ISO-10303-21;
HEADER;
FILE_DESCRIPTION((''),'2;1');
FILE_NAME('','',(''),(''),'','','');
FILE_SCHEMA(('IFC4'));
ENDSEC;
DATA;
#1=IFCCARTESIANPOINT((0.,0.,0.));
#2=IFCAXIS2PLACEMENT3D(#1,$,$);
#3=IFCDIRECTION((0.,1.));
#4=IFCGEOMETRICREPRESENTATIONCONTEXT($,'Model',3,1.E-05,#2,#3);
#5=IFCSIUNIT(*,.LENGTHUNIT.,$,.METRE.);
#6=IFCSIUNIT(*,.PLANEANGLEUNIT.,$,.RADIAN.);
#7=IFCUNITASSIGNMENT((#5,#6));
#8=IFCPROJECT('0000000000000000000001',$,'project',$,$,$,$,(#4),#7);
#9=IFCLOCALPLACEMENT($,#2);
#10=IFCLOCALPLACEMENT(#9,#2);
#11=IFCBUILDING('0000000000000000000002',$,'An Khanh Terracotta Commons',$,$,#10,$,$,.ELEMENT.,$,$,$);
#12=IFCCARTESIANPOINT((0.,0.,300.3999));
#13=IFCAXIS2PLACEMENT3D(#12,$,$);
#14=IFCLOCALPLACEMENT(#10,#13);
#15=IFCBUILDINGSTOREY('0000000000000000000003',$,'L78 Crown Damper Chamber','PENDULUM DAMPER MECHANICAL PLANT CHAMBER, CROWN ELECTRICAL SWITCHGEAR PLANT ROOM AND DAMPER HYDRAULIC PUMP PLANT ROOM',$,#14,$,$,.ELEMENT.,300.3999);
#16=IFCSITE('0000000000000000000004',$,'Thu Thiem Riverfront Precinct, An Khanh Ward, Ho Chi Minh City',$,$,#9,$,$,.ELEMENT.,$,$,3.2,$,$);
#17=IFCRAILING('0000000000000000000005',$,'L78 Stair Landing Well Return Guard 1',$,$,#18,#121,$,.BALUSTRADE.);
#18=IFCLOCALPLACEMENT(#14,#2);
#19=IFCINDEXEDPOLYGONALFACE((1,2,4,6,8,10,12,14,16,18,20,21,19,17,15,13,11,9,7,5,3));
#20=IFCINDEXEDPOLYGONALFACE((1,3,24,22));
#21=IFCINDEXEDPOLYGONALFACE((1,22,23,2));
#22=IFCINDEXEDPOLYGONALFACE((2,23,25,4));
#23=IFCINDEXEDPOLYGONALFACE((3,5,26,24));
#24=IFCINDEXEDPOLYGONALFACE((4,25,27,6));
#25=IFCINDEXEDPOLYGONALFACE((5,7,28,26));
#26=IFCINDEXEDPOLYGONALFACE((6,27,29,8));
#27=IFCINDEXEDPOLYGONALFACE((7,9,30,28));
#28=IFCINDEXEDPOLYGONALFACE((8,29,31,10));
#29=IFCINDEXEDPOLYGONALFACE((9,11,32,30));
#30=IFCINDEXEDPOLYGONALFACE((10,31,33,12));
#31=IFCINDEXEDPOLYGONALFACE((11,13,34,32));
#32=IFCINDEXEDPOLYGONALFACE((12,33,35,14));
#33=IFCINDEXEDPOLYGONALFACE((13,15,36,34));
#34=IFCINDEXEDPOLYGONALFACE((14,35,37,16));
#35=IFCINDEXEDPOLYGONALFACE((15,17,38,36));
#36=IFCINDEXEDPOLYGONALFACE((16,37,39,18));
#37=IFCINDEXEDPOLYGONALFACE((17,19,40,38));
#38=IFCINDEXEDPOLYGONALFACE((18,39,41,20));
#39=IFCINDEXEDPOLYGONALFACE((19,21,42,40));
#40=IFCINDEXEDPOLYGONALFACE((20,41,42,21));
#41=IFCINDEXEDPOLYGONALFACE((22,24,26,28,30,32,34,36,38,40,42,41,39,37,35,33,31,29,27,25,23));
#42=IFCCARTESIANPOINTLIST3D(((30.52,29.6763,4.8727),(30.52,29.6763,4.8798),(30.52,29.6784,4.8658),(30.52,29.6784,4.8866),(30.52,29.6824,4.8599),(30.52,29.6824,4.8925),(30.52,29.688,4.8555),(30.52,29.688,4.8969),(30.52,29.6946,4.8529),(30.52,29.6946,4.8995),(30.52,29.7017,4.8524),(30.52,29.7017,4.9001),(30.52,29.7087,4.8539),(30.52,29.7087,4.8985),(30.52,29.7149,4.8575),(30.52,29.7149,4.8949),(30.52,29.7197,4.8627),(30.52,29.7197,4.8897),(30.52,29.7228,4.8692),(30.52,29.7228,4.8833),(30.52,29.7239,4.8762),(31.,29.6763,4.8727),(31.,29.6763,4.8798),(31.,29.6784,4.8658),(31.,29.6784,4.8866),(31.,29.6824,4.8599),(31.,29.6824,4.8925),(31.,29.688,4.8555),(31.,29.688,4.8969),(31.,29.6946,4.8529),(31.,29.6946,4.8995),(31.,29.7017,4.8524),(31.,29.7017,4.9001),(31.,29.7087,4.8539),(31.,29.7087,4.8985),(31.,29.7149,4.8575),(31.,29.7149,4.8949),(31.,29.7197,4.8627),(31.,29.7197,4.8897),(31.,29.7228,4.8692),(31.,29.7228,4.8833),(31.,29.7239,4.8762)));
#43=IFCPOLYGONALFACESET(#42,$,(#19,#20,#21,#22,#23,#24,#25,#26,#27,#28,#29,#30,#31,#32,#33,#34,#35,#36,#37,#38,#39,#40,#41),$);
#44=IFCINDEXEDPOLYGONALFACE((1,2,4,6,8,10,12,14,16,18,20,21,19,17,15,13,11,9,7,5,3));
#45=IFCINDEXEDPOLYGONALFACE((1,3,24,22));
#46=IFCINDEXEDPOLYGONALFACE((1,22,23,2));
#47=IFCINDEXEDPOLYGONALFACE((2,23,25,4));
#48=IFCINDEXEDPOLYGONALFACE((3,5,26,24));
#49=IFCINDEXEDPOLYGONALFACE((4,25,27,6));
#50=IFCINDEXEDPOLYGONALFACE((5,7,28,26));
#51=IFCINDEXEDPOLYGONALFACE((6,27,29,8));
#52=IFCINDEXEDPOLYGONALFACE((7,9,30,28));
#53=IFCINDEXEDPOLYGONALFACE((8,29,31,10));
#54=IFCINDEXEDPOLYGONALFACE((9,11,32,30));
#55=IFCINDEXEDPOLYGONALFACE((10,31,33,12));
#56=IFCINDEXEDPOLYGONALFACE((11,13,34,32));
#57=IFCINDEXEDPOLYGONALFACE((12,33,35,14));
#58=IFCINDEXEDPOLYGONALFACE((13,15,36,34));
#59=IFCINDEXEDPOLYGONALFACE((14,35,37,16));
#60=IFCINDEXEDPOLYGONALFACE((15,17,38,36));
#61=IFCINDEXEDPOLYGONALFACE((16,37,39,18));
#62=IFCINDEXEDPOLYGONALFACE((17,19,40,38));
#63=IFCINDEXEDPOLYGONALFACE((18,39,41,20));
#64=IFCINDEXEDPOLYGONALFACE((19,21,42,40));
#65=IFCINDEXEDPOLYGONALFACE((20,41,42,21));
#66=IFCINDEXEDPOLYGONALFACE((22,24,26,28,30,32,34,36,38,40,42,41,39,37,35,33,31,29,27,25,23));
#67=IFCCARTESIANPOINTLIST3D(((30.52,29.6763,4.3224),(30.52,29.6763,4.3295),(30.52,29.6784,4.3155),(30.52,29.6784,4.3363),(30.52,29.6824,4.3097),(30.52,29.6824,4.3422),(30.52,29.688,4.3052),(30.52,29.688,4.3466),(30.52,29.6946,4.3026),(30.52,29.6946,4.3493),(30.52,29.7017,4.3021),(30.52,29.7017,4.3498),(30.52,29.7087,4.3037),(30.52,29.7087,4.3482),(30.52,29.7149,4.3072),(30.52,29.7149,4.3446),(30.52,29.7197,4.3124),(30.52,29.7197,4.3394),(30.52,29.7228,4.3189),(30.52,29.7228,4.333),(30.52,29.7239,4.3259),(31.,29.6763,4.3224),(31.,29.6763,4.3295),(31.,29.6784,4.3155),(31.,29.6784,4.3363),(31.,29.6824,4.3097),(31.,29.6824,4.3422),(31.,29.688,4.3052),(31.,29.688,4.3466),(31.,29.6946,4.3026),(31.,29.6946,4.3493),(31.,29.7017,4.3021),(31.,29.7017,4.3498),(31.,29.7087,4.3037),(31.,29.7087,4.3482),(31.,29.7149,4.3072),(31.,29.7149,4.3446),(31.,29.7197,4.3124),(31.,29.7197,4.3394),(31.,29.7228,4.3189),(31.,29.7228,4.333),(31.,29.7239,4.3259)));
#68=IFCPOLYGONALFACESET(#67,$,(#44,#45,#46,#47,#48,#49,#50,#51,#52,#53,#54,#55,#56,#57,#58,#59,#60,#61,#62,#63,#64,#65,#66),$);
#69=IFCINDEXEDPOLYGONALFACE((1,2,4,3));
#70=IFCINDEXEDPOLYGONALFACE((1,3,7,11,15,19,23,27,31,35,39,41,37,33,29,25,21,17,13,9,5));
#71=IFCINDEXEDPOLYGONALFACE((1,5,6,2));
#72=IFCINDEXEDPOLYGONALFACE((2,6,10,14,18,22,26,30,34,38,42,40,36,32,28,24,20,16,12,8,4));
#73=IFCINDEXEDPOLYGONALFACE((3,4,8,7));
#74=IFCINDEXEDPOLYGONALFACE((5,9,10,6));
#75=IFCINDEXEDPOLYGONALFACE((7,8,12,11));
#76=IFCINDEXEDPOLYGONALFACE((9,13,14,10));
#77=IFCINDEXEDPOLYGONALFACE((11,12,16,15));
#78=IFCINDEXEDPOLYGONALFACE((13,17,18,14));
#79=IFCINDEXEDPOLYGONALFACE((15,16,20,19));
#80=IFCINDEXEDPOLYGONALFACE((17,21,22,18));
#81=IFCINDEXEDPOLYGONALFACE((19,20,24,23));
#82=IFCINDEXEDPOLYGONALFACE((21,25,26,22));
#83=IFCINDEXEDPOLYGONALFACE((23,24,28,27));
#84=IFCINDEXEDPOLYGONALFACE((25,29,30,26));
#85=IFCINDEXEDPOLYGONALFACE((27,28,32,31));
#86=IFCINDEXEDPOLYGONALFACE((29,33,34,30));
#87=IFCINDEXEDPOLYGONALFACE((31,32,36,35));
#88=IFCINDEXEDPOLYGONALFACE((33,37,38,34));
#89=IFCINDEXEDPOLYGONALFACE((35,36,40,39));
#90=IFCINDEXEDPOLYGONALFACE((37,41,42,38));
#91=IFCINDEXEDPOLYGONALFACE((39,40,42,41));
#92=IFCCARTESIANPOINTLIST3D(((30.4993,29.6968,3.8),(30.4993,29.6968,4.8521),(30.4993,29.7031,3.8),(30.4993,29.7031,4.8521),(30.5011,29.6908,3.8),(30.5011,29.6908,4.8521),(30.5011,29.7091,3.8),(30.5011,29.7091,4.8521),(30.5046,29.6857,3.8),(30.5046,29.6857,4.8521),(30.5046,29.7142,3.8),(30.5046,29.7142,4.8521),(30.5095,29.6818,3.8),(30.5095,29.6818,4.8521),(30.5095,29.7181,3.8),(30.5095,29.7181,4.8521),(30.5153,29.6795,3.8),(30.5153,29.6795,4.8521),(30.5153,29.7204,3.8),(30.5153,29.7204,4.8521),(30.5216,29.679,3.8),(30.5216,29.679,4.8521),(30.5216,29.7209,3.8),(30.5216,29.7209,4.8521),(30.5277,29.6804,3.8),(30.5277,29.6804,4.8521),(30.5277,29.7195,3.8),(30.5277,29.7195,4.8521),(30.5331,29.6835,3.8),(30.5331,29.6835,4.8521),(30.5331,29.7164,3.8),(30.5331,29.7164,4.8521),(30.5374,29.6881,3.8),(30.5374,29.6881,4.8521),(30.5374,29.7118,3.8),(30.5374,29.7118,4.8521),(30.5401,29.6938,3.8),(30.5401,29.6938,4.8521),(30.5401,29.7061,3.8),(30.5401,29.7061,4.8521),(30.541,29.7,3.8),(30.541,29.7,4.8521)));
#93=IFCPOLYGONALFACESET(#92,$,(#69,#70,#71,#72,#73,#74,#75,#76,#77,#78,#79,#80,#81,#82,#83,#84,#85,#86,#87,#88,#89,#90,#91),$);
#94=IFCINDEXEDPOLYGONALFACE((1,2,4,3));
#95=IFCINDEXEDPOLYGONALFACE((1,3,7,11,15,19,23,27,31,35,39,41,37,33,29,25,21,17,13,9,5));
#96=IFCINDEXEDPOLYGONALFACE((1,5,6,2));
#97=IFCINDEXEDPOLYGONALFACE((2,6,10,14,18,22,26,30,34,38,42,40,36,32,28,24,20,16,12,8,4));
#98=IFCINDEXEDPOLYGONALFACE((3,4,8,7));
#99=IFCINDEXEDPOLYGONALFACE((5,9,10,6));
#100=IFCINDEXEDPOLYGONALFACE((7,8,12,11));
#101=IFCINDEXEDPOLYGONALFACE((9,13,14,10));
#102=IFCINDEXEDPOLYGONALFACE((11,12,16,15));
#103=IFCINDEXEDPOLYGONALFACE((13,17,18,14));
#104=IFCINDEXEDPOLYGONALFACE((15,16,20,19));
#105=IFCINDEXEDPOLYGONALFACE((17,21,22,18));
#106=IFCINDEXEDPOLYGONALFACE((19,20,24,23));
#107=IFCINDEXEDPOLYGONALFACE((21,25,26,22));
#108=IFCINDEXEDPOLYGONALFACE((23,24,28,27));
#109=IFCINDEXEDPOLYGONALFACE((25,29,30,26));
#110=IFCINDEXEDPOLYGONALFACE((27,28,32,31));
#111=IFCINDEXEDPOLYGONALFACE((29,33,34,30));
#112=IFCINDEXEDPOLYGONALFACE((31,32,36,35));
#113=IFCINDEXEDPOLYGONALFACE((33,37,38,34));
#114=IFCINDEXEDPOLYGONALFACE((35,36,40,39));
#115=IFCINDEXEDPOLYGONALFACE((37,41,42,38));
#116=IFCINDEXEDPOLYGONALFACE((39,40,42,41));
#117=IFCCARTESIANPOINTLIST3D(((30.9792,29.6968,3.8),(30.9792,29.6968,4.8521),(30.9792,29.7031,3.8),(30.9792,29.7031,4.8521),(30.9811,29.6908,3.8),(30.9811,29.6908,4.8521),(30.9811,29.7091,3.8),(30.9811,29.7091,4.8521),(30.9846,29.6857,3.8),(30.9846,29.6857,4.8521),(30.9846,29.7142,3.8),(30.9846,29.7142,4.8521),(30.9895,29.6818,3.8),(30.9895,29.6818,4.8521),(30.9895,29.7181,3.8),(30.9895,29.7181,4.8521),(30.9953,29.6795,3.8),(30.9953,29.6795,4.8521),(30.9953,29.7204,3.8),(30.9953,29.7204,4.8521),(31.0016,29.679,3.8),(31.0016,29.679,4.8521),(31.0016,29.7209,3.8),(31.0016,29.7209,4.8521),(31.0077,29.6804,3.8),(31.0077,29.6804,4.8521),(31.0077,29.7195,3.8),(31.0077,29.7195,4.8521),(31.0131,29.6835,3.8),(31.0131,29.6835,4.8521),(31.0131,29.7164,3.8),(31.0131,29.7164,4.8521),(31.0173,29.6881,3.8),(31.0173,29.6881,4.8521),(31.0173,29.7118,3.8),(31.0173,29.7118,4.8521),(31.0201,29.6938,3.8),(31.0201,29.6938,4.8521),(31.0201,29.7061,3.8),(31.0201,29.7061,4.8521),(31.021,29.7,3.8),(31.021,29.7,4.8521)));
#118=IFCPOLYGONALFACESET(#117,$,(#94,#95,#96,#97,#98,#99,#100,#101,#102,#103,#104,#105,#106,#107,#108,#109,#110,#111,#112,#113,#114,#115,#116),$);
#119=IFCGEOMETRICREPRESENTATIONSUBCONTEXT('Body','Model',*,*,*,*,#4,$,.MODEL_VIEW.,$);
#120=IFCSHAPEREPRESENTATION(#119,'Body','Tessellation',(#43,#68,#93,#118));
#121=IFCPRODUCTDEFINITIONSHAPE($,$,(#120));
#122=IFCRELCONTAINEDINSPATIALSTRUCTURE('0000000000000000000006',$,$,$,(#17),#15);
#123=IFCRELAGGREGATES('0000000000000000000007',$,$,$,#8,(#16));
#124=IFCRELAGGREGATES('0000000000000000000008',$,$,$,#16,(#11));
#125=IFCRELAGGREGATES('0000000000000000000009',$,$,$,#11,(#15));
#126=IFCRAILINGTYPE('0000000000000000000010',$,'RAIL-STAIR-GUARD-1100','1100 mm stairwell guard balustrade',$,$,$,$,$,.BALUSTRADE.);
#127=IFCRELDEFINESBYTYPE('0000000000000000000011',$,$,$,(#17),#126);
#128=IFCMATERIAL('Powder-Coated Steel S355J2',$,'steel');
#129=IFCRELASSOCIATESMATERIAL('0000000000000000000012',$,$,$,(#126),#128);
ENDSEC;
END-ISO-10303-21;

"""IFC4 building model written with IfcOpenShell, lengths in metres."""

from ifc_helpers import new_model, si_unit, direction, frame, origin, origin_2d, place, context, subcontext, project, spatial, circle, extrude, material, type_object, element, save


model = new_model("IFC4")

# Units and contexts
model_context = context("Model", 3, precision=1e-05, world=origin(), true_north=direction((0.0, 1.0)))
body_context = subcontext(model_context, "Body", "Model", "MODEL_VIEW")
ifc_project = project(units=[si_unit("LENGTHUNIT", "METRE"), si_unit("PLANEANGLEUNIT", "RADIAN")], contexts=[model_context])

# Site, building, storey
site_placement = place(None, origin())
site = spatial("IfcSite", under=ifc_project, at=site_placement, Name="Thu Thiem Riverfront Precinct, An Khanh Ward, Ho Chi Minh City", CompositionType="ELEMENT", RefElevation=3.2)
building_placement = place(site_placement, origin())
building = spatial("IfcBuilding", under=site, at=building_placement, Name="An Khanh Terracotta Commons", CompositionType="ELEMENT")
storey_placement = place(building_placement, frame((0.0, 0.0, 300.3999)))
storey = spatial("IfcBuildingStorey", under=building, at=storey_placement, Name="L78 Crown Damper Chamber", Description="PENDULUM DAMPER MECHANICAL PLANT CHAMBER, CROWN ELECTRICAL SWITCHGEAR PLANT ROOM AND DAMPER HYDRAULIC PUMP PLANT ROOM", CompositionType="ELEMENT", Elevation=300.3999)

# Railing
ifc_material_1 = material(Name="Powder-Coated Steel S355J2", Category="steel")
railing_type = type_object("IfcRailingType", Name="RAIL-STAIR-GUARD-1100", Description="1100 mm stairwell guard balustrade", PredefinedType="BALUSTRADE", material=ifc_material_1)
railing_1_placement = place(storey_placement, frame((30.52, 29.7, 3.8)))
element("IfcRailing", 1, at=railing_1_placement, inside=storey, type_object=railing_type, Name="L78 Stair Landing Well Return Guard 1", PredefinedType="BALUSTRADE", context=body_context, shape_type="SweptSolid", body=[
    extrude(circle(Radius=0.0239, at=origin_2d()), frame((0.0, 0.0, 1.0762), z_axis=(1.0, 0.0, 0.0), x_axis=(0.0, 1.0, 0.0)), (0.0, 0.0, 1.0), 0.48),
    extrude(circle(Radius=0.0239, at=origin_2d()), frame((0.0, 0.0, 0.5259), z_axis=(1.0, 0.0, 0.0), x_axis=(0.0, 1.0, 0.0)), (0.0, 0.0, 1.0), 0.48),
    extrude(circle(Radius=0.021, at=origin_2d()), origin(), (0.0, 0.0, 1.0), 1.052),
    extrude(circle(Radius=0.021, at=origin_2d()), frame((0.48, 0.0, 0.0)), (0.0, 0.0, 1.0), 1.052),
])

save(model, "model.ifc")
